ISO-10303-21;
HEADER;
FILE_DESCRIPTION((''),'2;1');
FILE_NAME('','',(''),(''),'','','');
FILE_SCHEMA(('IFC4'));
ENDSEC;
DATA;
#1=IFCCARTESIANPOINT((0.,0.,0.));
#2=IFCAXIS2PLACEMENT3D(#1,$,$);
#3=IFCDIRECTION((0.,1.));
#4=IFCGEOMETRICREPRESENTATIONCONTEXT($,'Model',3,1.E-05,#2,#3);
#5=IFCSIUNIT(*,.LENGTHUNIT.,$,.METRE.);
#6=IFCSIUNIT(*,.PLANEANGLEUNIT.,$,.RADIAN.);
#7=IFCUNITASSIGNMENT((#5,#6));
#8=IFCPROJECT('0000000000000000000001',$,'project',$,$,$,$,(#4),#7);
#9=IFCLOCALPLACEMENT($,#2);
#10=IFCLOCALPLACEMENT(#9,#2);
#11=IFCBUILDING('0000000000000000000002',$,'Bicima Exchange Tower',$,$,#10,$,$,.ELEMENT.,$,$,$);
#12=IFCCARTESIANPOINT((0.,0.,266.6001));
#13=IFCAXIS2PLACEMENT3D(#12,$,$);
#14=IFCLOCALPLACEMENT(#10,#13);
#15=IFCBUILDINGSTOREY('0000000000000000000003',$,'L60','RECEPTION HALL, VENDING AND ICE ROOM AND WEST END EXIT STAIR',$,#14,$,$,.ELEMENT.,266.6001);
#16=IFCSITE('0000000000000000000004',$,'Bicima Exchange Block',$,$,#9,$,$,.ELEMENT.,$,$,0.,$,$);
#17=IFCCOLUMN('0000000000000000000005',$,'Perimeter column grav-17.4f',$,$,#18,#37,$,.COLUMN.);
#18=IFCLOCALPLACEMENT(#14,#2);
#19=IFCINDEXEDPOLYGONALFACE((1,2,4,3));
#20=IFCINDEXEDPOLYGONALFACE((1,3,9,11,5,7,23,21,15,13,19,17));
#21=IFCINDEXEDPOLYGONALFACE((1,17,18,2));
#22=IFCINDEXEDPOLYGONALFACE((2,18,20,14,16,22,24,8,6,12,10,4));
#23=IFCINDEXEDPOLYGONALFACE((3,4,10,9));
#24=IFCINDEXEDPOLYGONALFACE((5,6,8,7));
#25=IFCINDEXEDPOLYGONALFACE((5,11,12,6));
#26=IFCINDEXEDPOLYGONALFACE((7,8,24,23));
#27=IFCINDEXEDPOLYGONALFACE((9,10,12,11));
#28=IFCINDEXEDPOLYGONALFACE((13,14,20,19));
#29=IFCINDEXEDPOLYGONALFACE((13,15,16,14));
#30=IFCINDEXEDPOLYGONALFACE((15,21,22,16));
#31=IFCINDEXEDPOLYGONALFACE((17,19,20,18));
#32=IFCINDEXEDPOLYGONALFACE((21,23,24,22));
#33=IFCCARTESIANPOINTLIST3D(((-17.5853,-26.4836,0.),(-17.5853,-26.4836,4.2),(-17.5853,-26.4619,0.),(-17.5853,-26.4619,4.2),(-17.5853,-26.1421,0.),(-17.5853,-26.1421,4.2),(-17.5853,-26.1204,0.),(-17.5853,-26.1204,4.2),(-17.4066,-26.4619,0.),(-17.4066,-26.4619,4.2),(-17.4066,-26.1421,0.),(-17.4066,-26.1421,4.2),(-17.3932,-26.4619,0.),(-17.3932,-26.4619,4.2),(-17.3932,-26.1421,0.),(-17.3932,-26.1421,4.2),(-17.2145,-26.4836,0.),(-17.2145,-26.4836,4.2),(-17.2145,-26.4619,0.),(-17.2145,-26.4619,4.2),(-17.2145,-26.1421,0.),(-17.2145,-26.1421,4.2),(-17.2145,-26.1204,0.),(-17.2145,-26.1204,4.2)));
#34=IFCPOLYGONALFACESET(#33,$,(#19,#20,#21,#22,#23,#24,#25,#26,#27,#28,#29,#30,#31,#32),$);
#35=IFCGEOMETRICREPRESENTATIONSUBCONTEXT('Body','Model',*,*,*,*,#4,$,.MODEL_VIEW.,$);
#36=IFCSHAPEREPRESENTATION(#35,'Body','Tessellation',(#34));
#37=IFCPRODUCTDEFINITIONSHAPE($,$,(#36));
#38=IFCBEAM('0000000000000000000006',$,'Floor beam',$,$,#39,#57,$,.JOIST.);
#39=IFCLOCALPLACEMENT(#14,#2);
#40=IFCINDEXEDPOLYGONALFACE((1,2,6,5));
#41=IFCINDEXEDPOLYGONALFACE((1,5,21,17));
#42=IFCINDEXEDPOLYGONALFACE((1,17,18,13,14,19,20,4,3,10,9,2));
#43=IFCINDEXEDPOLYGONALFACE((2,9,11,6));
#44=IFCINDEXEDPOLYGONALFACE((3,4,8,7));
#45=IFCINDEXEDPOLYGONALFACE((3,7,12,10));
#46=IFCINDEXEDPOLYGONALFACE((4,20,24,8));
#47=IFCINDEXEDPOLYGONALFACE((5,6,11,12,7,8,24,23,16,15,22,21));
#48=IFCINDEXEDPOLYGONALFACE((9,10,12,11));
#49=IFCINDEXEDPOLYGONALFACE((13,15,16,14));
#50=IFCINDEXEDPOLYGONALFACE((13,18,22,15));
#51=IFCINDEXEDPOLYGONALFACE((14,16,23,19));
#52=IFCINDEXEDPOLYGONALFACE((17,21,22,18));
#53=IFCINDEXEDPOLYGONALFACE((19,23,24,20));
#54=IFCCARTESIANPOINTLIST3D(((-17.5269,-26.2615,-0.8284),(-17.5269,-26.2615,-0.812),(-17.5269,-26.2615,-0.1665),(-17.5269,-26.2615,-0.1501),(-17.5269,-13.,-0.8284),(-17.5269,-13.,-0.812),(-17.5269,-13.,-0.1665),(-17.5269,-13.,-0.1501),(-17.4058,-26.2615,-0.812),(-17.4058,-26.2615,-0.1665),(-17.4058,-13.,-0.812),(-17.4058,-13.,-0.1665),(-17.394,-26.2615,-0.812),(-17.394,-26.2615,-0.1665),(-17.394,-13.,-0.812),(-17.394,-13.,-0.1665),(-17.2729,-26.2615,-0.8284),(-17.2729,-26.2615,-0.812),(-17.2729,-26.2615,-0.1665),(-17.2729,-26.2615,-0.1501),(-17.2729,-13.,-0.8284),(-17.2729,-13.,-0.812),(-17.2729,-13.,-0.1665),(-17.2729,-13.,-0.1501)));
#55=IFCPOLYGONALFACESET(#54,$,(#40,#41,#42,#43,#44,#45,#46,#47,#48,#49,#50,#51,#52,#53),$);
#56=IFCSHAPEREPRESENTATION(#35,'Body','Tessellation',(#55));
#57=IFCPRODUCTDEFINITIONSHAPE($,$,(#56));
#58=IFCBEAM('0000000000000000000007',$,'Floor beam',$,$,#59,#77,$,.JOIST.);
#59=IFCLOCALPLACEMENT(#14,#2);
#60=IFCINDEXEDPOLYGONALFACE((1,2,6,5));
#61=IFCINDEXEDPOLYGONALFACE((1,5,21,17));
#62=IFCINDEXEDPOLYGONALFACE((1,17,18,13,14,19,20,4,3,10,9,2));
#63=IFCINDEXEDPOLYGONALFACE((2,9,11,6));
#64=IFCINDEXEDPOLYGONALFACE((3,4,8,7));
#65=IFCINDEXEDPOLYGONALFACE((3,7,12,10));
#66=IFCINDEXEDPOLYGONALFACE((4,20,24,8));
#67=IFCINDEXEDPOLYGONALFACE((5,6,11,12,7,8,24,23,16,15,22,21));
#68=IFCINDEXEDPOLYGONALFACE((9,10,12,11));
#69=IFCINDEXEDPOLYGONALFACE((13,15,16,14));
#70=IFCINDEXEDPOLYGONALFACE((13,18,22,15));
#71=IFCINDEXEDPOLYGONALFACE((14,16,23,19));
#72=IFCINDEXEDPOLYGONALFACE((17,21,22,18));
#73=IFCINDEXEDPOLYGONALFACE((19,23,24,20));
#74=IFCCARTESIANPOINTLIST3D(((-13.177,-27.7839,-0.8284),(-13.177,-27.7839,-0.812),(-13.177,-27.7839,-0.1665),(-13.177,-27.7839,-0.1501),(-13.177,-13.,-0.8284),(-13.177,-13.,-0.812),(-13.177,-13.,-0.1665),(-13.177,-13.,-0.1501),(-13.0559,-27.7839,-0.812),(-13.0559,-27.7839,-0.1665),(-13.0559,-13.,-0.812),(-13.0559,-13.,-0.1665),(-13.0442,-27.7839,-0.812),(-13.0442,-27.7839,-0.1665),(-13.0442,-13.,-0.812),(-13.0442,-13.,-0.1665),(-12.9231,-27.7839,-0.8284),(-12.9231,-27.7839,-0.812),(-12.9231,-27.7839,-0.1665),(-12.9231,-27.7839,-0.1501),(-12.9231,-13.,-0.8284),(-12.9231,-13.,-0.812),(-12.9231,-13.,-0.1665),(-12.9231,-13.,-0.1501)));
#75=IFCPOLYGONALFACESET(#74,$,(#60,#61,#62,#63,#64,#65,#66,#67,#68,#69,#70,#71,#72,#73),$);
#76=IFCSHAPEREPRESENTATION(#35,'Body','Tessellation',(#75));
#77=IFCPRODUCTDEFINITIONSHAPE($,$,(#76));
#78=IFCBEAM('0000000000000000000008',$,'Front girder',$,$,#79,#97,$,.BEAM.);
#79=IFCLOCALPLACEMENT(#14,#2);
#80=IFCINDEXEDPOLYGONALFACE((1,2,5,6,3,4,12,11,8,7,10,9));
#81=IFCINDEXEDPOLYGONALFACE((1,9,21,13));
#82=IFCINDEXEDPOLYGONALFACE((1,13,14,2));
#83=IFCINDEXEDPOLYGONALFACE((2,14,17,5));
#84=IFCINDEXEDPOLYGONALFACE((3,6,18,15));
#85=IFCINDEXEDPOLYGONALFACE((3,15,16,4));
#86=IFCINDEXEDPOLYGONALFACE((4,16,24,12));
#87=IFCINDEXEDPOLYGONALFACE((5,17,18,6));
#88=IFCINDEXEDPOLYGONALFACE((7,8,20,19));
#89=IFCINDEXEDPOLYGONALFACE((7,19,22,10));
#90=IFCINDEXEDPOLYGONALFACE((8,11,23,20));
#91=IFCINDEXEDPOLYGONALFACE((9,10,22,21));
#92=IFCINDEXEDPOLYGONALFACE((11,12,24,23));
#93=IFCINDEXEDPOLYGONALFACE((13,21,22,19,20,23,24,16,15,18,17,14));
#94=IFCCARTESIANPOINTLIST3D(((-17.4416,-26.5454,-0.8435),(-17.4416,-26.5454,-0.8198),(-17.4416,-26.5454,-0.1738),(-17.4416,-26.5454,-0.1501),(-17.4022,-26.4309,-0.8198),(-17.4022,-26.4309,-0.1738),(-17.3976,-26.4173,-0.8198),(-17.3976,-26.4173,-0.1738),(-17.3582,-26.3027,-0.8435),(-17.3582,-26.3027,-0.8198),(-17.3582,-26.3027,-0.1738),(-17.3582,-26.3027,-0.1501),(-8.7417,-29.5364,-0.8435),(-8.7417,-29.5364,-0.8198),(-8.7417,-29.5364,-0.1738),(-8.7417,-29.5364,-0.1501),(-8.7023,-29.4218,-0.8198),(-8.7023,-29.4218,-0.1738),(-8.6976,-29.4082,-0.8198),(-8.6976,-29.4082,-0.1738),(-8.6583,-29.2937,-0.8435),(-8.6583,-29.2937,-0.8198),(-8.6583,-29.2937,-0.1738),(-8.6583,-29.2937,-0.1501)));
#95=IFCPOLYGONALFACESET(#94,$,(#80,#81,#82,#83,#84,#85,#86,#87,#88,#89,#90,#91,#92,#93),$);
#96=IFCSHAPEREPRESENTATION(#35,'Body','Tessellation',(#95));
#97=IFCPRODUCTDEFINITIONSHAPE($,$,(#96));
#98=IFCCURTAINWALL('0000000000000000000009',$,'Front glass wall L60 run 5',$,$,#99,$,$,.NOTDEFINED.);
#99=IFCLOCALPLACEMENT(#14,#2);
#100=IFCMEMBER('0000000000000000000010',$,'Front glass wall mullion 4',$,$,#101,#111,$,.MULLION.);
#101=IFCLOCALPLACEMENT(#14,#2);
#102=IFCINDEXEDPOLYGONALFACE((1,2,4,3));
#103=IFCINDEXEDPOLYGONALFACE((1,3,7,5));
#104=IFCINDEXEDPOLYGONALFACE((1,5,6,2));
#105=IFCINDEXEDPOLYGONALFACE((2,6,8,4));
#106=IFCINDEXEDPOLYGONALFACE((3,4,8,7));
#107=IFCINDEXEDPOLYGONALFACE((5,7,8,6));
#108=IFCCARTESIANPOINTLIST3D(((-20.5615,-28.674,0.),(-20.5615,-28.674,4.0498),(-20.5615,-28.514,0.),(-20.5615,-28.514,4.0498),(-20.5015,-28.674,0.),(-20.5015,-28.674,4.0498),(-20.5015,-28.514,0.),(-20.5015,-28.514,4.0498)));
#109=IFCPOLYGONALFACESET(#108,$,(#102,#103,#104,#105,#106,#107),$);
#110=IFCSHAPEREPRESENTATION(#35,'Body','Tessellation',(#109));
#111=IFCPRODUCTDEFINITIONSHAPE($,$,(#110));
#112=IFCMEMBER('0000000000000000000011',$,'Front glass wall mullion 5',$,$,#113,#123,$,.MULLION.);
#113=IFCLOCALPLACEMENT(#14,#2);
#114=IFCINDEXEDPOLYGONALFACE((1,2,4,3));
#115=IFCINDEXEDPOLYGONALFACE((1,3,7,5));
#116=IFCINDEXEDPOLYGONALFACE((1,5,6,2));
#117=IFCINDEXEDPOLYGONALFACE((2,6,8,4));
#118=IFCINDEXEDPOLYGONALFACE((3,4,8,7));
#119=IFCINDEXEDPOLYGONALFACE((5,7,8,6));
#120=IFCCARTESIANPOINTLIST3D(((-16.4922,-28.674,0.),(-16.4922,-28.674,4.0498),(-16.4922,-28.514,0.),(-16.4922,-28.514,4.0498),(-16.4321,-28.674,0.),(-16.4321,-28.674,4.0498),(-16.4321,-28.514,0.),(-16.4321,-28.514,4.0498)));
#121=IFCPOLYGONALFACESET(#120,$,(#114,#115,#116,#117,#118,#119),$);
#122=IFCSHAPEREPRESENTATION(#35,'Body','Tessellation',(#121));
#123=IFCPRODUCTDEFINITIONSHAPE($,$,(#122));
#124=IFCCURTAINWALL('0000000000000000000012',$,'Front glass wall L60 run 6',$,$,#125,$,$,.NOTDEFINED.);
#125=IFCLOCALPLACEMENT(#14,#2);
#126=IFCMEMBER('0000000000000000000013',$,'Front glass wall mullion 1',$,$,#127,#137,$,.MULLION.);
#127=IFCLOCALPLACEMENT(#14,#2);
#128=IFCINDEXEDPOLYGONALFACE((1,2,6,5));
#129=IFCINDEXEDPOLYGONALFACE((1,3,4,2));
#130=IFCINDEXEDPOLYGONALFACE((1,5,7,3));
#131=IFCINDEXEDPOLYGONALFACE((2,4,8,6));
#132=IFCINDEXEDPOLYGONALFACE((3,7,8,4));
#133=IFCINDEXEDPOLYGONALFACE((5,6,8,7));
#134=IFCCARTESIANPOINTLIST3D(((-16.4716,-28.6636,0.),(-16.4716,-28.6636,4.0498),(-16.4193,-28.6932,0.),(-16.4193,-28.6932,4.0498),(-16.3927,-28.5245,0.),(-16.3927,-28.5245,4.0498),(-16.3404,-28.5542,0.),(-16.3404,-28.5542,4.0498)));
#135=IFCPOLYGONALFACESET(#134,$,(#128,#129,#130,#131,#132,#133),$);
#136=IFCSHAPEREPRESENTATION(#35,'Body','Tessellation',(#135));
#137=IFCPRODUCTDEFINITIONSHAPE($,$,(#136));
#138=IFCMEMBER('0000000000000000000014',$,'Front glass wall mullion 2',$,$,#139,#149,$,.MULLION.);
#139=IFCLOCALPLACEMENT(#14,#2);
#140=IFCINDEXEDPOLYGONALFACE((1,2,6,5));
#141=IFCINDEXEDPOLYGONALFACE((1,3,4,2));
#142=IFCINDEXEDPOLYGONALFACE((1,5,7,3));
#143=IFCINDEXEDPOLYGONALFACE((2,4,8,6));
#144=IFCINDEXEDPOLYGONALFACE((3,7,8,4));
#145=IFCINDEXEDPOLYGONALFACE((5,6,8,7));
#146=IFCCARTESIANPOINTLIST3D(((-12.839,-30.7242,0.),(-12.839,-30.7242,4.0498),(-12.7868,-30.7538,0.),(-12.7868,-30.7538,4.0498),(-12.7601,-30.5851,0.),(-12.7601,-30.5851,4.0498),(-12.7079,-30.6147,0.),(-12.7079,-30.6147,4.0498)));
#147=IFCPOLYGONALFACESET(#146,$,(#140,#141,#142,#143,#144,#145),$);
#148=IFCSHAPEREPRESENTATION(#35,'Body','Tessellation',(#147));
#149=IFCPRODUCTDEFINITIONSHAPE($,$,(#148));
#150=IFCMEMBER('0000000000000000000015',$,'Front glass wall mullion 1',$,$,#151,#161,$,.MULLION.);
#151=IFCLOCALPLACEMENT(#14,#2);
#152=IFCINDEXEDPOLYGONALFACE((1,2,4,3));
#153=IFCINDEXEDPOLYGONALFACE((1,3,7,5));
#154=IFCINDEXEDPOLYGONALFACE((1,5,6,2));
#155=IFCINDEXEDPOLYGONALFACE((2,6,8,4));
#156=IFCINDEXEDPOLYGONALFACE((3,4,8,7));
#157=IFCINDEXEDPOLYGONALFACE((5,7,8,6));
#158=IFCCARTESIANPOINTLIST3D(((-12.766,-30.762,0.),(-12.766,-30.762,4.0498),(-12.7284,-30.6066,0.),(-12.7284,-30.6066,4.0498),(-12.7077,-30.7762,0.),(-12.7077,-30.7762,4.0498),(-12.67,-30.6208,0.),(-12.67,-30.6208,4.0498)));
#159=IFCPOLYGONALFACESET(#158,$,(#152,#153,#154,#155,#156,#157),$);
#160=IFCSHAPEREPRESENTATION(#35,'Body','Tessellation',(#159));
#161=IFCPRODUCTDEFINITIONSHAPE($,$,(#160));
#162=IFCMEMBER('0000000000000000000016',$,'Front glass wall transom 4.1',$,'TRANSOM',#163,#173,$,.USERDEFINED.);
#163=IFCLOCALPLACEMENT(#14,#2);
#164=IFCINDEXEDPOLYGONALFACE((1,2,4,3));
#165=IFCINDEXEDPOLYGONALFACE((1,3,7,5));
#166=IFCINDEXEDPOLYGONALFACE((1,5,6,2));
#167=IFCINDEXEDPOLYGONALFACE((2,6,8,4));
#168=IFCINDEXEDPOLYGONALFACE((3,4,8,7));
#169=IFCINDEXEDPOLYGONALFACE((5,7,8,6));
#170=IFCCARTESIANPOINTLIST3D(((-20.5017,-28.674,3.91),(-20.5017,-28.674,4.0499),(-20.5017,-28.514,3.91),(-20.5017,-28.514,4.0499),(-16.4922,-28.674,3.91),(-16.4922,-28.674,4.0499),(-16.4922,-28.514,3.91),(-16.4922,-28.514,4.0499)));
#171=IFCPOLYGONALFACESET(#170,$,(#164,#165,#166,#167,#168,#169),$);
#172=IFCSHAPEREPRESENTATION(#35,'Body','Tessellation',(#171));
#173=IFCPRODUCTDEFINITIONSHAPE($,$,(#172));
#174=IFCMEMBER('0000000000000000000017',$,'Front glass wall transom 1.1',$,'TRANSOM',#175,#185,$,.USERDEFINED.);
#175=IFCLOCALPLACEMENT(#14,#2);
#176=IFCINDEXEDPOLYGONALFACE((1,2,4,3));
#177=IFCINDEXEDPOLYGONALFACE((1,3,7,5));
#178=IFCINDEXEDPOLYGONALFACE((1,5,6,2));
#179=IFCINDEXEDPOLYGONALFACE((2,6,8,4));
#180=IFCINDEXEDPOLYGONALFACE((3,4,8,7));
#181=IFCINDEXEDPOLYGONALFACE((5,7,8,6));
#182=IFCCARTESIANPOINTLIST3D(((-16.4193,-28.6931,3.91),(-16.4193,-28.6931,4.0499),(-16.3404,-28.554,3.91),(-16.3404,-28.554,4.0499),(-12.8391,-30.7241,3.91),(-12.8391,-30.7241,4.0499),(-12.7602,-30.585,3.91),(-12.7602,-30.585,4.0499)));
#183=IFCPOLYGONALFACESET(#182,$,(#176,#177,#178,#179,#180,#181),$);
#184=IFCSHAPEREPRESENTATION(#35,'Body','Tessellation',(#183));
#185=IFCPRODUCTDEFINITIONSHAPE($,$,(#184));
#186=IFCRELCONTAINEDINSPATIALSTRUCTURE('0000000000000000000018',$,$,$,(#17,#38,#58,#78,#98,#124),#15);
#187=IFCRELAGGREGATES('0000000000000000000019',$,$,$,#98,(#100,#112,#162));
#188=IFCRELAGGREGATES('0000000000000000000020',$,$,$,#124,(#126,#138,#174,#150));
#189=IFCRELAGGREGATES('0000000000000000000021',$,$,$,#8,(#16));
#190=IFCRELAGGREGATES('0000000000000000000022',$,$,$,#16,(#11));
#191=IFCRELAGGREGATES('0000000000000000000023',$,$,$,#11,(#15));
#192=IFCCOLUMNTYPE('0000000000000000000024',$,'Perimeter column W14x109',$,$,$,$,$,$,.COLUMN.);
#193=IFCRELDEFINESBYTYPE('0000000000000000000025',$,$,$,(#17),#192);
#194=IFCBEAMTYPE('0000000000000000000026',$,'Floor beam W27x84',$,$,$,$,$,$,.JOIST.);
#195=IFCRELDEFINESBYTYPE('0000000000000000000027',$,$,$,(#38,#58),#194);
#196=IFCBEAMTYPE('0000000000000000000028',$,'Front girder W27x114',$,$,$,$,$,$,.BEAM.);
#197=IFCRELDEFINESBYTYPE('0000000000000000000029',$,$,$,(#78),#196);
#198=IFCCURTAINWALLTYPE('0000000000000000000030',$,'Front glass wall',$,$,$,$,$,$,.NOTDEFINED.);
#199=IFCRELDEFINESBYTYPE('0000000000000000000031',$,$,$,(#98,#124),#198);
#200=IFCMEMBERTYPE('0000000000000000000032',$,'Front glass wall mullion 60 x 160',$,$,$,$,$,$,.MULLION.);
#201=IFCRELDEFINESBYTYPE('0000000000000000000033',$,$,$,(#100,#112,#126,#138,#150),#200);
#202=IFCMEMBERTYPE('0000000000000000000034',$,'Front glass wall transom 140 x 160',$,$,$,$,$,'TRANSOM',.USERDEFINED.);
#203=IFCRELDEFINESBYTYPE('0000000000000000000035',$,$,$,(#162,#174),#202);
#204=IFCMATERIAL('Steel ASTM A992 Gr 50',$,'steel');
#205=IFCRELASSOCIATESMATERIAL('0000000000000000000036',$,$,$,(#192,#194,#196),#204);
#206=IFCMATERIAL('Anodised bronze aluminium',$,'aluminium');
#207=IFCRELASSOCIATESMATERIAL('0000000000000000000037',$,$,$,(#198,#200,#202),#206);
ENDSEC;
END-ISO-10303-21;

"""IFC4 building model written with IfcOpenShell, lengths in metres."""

from ifc_helpers import new_model, si_unit, direction, frame, origin, origin_2d, place, context, subcontext, project, spatial, rectangle, i_section, extrude, material, material_profile, profile_set, type_object, element, aggregate, save


model = new_model("IFC4")

# Units and contexts
model_context = context("Model", 3, precision=1e-05, world=origin(), true_north=direction((0.0, 1.0)))
body_context = subcontext(model_context, "Body", "Model", "MODEL_VIEW")
ifc_project = project(units=[si_unit("LENGTHUNIT", "METRE"), si_unit("PLANEANGLEUNIT", "RADIAN")], contexts=[model_context])

# Site, building, storey
site_placement = place(None, origin())
site = spatial("IfcSite", under=ifc_project, at=site_placement, Name="Bicima Exchange Block", CompositionType="ELEMENT", RefElevation=0.0)
building_placement = place(site_placement, origin())
building = spatial("IfcBuilding", under=site, at=building_placement, Name="Bicima Exchange Tower", CompositionType="ELEMENT")
storey_placement = place(building_placement, frame((0.0, 0.0, 266.6001)))
storey = spatial("IfcBuildingStorey", under=building, at=storey_placement, Name="L60", Description="RECEPTION HALL, VENDING AND ICE ROOM AND WEST END EXIT STAIR", CompositionType="ELEMENT", Elevation=266.6001)

# Column
ifc_material_1 = material(Name="Steel ASTM A992 Gr 50", Category="steel")
ifc_material_profile_1 = material_profile(ifc_material_1, i_section(OverallWidth=0.3708, OverallDepth=0.3633, WebThickness=0.0134, FlangeThickness=0.0217, at=origin_2d()))
ifc_profile_set_1 = profile_set([ifc_material_profile_1], Name="Steel ASTM A992 Gr 50")
column_type = type_object("IfcColumnType", Name="Perimeter column W14x109", PredefinedType="COLUMN", material=ifc_profile_set_1)
column_placement = place(storey_placement, frame((-17.3999, -26.302, 0.0), z_axis=(0.0, 0.0, 1.0), x_axis=(1.0, 0.0, 0.0)))
element("IfcColumn", 1, at=column_placement, inside=storey, type_object=column_type, Name="Perimeter column grav-17.4f", PredefinedType="COLUMN", context=body_context, shape_type="SweptSolid", body=[
    extrude(i_section(OverallWidth=0.3708, OverallDepth=0.3633, WebThickness=0.0134, FlangeThickness=0.0217, at=origin_2d()), origin(), (0.0, 0.0, 1.0), 4.2),
])

# Beams
ifc_material_profile_2 = material_profile(ifc_material_1, i_section(OverallWidth=0.2539, OverallDepth=0.6782, WebThickness=0.0117, FlangeThickness=0.0164, at=origin_2d()))
ifc_profile_set_2 = profile_set([ifc_material_profile_2], Name="Steel ASTM A992 Gr 50")
beam_type_1 = type_object("IfcBeamType", Name="Floor beam W27x84", PredefinedType="JOIST", material=ifc_profile_set_2)
beam_1_placement = place(storey_placement, frame((-17.3999, -13.0, -0.4893), z_axis=(0.0, -1.0, 0.0), x_axis=(1.0, 0.0, 0.0)))
element("IfcBeam", 2, at=beam_1_placement, inside=storey, type_object=beam_type_1, Name="Floor beam", PredefinedType="JOIST", context=body_context, shape_type="SweptSolid", body=[
    extrude(i_section(OverallWidth=0.2539, OverallDepth=0.6782, WebThickness=0.0117, FlangeThickness=0.0164, at=origin_2d()), origin(), (0.0, 0.0, 1.0), 13.2615),
])
beam_2_placement = place(storey_placement, frame((-13.05, -13.0, -0.4893), z_axis=(0.0, -1.0, 0.0), x_axis=(1.0, 0.0, 0.0)))
element("IfcBeam", 3, at=beam_2_placement, inside=storey, type_object=beam_type_1, Name="Floor beam", PredefinedType="JOIST", context=body_context, shape_type="SweptSolid", body=[
    extrude(i_section(OverallWidth=0.2539, OverallDepth=0.6782, WebThickness=0.0117, FlangeThickness=0.0164, at=origin_2d()), origin(), (0.0, 0.0, 1.0), 14.7839),
])
ifc_material_profile_3 = material_profile(ifc_material_1, i_section(OverallWidth=0.2566, OverallDepth=0.6934, WebThickness=0.0144, FlangeThickness=0.0237, at=origin_2d()))
ifc_profile_set_3 = profile_set([ifc_material_profile_3], Name="Steel ASTM A992 Gr 50")
beam_type_2 = type_object("IfcBeamType", Name="Front girder W27x114", PredefinedType="BEAM", material=ifc_profile_set_3)
beam_3_placement = place(storey_placement, frame((-17.3999, -26.4241, -0.4968), z_axis=(0.945675, -0.325115, 0.0), x_axis=(0.325115, 0.945675, 0.0)))
element("IfcBeam", 4, at=beam_3_placement, inside=storey, type_object=beam_type_2, Name="Front girder", PredefinedType="BEAM", context=body_context, shape_type="SweptSolid", body=[
    extrude(i_section(OverallWidth=0.2566, OverallDepth=0.6934, WebThickness=0.0144, FlangeThickness=0.0237, at=origin_2d()), origin(), (0.0, 0.0, 1.0), 9.1997),
])

# Curtain walls, members
ifc_material_2 = material(Name="Anodised bronze aluminium", Category="aluminium")
curtain_wall_type = type_object("IfcCurtainWallType", Name="Front glass wall", PredefinedType="NOTDEFINED", material=ifc_material_2)
curtain_wall_1_placement = place(storey_placement, origin())
curtain_wall_1 = element("IfcCurtainWall", 5, at=curtain_wall_1_placement, inside=storey, type_object=curtain_wall_type, Name="Front glass wall L60 run 5", PredefinedType="NOTDEFINED")
ifc_material_profile_4 = material_profile(ifc_material_2, rectangle(XDim=0.1599, YDim=0.0601, at=origin_2d()))
ifc_profile_set_4 = profile_set([ifc_material_profile_4], Name="Anodised bronze aluminium")
member_type_1 = type_object("IfcMemberType", Name="Front glass wall mullion 60 x 160", PredefinedType="MULLION", material=ifc_profile_set_4)
member_1_placement = place(storey_placement, frame((-20.5315, -28.594, 0.0), z_axis=(0.0, 0.0, 1.0), x_axis=(0.0, 1.0, 0.0)))
member_1 = element("IfcMember", 6, at=member_1_placement, type_object=member_type_1, Name="Front glass wall mullion 4", PredefinedType="MULLION", context=body_context, shape_type="SweptSolid", body=[
    extrude(rectangle(XDim=0.1599, YDim=0.0601, at=origin_2d()), origin(), (0.0, 0.0, 1.0), 4.0498),
])
member_2_placement = place(storey_placement, frame((-16.4622, -28.594, 0.0), z_axis=(0.0, 0.0, 1.0), x_axis=(0.0, 1.0, 0.0)))
member_2 = element("IfcMember", 7, at=member_2_placement, type_object=member_type_1, Name="Front glass wall mullion 5", PredefinedType="MULLION", context=body_context, shape_type="SweptSolid", body=[
    extrude(rectangle(XDim=0.1599, YDim=0.0601, at=origin_2d()), origin(), (0.0, 0.0, 1.0), 4.0498),
])
curtain_wall_2_placement = place(storey_placement, origin())
curtain_wall_2 = element("IfcCurtainWall", 8, at=curtain_wall_2_placement, inside=storey, type_object=curtain_wall_type, Name="Front glass wall L60 run 6", PredefinedType="NOTDEFINED")
member_3_placement = place(storey_placement, frame((-16.406, -28.6089, 0.0), z_axis=(0.0, 0.0, 1.0), x_axis=(0.493395, 0.869805, 0.0)))
member_3 = element("IfcMember", 9, at=member_3_placement, type_object=member_type_1, Name="Front glass wall mullion 1", PredefinedType="MULLION", context=body_context, shape_type="SweptSolid", body=[
    extrude(rectangle(XDim=0.1599, YDim=0.0601, at=origin_2d()), origin(), (0.0, 0.0, 1.0), 4.0498),
])
member_4_placement = place(storey_placement, frame((-12.7734, -30.6694, 0.0), z_axis=(0.0, 0.0, 1.0), x_axis=(0.493395, 0.869805, 0.0)))
member_4 = element("IfcMember", 10, at=member_4_placement, type_object=member_type_1, Name="Front glass wall mullion 2", PredefinedType="MULLION", context=body_context, shape_type="SweptSolid", body=[
    extrude(rectangle(XDim=0.1599, YDim=0.0601, at=origin_2d()), origin(), (0.0, 0.0, 1.0), 4.0498),
])
member_5_placement = place(storey_placement, frame((-12.718, -30.6914, 0.0), z_axis=(0.0, 0.0, 1.0), x_axis=(0.235682, 0.97183, 0.0)))
member_5 = element("IfcMember", 11, at=member_5_placement, type_object=member_type_1, Name="Front glass wall mullion 1", PredefinedType="MULLION", context=body_context, shape_type="SweptSolid", body=[
    extrude(rectangle(XDim=0.1599, YDim=0.0601, at=origin_2d()), origin(), (0.0, 0.0, 1.0), 4.0498),
])

# Members
ifc_material_profile_5 = material_profile(ifc_material_2, rectangle(XDim=0.1599, YDim=0.1399, at=origin_2d()))
ifc_profile_set_5 = profile_set([ifc_material_profile_5], Name="Anodised bronze aluminium")
member_type_2 = type_object("IfcMemberType", Name="Front glass wall transom 140 x 160", ElementType="TRANSOM", PredefinedType="USERDEFINED", material=ifc_profile_set_5)
member_6_placement = place(storey_placement, frame((-20.5017, -28.594, 3.98), z_axis=(1.0, 0.0, 0.0), x_axis=(0.0, 1.0, 0.0)))
member_6 = element("IfcMember", 12, at=member_6_placement, type_object=member_type_2, Name="Front glass wall transom 4.1", ObjectType="TRANSOM", PredefinedType="USERDEFINED", context=body_context, shape_type="SweptSolid", body=[
    extrude(rectangle(XDim=0.1599, YDim=0.1399, at=origin_2d()), origin(), (0.0, 0.0, 1.0), 4.0095),
])
member_7_placement = place(storey_placement, frame((-16.3799, -28.6235, 3.98), z_axis=(0.869797, -0.493409, 0.0), x_axis=(0.493409, 0.869797, 0.0)))
member_7 = element("IfcMember", 13, at=member_7_placement, type_object=member_type_2, Name="Front glass wall transom 1.1", ObjectType="TRANSOM", PredefinedType="USERDEFINED", context=body_context, shape_type="SweptSolid", body=[
    extrude(rectangle(XDim=0.1599, YDim=0.1399, at=origin_2d()), origin(), (0.0, 0.0, 1.0), 4.1162),
])

aggregate(curtain_wall_1, [member_1, member_2, member_6])
aggregate(curtain_wall_2, [member_3, member_4, member_7, member_5])

save(model, "model.ifc")
